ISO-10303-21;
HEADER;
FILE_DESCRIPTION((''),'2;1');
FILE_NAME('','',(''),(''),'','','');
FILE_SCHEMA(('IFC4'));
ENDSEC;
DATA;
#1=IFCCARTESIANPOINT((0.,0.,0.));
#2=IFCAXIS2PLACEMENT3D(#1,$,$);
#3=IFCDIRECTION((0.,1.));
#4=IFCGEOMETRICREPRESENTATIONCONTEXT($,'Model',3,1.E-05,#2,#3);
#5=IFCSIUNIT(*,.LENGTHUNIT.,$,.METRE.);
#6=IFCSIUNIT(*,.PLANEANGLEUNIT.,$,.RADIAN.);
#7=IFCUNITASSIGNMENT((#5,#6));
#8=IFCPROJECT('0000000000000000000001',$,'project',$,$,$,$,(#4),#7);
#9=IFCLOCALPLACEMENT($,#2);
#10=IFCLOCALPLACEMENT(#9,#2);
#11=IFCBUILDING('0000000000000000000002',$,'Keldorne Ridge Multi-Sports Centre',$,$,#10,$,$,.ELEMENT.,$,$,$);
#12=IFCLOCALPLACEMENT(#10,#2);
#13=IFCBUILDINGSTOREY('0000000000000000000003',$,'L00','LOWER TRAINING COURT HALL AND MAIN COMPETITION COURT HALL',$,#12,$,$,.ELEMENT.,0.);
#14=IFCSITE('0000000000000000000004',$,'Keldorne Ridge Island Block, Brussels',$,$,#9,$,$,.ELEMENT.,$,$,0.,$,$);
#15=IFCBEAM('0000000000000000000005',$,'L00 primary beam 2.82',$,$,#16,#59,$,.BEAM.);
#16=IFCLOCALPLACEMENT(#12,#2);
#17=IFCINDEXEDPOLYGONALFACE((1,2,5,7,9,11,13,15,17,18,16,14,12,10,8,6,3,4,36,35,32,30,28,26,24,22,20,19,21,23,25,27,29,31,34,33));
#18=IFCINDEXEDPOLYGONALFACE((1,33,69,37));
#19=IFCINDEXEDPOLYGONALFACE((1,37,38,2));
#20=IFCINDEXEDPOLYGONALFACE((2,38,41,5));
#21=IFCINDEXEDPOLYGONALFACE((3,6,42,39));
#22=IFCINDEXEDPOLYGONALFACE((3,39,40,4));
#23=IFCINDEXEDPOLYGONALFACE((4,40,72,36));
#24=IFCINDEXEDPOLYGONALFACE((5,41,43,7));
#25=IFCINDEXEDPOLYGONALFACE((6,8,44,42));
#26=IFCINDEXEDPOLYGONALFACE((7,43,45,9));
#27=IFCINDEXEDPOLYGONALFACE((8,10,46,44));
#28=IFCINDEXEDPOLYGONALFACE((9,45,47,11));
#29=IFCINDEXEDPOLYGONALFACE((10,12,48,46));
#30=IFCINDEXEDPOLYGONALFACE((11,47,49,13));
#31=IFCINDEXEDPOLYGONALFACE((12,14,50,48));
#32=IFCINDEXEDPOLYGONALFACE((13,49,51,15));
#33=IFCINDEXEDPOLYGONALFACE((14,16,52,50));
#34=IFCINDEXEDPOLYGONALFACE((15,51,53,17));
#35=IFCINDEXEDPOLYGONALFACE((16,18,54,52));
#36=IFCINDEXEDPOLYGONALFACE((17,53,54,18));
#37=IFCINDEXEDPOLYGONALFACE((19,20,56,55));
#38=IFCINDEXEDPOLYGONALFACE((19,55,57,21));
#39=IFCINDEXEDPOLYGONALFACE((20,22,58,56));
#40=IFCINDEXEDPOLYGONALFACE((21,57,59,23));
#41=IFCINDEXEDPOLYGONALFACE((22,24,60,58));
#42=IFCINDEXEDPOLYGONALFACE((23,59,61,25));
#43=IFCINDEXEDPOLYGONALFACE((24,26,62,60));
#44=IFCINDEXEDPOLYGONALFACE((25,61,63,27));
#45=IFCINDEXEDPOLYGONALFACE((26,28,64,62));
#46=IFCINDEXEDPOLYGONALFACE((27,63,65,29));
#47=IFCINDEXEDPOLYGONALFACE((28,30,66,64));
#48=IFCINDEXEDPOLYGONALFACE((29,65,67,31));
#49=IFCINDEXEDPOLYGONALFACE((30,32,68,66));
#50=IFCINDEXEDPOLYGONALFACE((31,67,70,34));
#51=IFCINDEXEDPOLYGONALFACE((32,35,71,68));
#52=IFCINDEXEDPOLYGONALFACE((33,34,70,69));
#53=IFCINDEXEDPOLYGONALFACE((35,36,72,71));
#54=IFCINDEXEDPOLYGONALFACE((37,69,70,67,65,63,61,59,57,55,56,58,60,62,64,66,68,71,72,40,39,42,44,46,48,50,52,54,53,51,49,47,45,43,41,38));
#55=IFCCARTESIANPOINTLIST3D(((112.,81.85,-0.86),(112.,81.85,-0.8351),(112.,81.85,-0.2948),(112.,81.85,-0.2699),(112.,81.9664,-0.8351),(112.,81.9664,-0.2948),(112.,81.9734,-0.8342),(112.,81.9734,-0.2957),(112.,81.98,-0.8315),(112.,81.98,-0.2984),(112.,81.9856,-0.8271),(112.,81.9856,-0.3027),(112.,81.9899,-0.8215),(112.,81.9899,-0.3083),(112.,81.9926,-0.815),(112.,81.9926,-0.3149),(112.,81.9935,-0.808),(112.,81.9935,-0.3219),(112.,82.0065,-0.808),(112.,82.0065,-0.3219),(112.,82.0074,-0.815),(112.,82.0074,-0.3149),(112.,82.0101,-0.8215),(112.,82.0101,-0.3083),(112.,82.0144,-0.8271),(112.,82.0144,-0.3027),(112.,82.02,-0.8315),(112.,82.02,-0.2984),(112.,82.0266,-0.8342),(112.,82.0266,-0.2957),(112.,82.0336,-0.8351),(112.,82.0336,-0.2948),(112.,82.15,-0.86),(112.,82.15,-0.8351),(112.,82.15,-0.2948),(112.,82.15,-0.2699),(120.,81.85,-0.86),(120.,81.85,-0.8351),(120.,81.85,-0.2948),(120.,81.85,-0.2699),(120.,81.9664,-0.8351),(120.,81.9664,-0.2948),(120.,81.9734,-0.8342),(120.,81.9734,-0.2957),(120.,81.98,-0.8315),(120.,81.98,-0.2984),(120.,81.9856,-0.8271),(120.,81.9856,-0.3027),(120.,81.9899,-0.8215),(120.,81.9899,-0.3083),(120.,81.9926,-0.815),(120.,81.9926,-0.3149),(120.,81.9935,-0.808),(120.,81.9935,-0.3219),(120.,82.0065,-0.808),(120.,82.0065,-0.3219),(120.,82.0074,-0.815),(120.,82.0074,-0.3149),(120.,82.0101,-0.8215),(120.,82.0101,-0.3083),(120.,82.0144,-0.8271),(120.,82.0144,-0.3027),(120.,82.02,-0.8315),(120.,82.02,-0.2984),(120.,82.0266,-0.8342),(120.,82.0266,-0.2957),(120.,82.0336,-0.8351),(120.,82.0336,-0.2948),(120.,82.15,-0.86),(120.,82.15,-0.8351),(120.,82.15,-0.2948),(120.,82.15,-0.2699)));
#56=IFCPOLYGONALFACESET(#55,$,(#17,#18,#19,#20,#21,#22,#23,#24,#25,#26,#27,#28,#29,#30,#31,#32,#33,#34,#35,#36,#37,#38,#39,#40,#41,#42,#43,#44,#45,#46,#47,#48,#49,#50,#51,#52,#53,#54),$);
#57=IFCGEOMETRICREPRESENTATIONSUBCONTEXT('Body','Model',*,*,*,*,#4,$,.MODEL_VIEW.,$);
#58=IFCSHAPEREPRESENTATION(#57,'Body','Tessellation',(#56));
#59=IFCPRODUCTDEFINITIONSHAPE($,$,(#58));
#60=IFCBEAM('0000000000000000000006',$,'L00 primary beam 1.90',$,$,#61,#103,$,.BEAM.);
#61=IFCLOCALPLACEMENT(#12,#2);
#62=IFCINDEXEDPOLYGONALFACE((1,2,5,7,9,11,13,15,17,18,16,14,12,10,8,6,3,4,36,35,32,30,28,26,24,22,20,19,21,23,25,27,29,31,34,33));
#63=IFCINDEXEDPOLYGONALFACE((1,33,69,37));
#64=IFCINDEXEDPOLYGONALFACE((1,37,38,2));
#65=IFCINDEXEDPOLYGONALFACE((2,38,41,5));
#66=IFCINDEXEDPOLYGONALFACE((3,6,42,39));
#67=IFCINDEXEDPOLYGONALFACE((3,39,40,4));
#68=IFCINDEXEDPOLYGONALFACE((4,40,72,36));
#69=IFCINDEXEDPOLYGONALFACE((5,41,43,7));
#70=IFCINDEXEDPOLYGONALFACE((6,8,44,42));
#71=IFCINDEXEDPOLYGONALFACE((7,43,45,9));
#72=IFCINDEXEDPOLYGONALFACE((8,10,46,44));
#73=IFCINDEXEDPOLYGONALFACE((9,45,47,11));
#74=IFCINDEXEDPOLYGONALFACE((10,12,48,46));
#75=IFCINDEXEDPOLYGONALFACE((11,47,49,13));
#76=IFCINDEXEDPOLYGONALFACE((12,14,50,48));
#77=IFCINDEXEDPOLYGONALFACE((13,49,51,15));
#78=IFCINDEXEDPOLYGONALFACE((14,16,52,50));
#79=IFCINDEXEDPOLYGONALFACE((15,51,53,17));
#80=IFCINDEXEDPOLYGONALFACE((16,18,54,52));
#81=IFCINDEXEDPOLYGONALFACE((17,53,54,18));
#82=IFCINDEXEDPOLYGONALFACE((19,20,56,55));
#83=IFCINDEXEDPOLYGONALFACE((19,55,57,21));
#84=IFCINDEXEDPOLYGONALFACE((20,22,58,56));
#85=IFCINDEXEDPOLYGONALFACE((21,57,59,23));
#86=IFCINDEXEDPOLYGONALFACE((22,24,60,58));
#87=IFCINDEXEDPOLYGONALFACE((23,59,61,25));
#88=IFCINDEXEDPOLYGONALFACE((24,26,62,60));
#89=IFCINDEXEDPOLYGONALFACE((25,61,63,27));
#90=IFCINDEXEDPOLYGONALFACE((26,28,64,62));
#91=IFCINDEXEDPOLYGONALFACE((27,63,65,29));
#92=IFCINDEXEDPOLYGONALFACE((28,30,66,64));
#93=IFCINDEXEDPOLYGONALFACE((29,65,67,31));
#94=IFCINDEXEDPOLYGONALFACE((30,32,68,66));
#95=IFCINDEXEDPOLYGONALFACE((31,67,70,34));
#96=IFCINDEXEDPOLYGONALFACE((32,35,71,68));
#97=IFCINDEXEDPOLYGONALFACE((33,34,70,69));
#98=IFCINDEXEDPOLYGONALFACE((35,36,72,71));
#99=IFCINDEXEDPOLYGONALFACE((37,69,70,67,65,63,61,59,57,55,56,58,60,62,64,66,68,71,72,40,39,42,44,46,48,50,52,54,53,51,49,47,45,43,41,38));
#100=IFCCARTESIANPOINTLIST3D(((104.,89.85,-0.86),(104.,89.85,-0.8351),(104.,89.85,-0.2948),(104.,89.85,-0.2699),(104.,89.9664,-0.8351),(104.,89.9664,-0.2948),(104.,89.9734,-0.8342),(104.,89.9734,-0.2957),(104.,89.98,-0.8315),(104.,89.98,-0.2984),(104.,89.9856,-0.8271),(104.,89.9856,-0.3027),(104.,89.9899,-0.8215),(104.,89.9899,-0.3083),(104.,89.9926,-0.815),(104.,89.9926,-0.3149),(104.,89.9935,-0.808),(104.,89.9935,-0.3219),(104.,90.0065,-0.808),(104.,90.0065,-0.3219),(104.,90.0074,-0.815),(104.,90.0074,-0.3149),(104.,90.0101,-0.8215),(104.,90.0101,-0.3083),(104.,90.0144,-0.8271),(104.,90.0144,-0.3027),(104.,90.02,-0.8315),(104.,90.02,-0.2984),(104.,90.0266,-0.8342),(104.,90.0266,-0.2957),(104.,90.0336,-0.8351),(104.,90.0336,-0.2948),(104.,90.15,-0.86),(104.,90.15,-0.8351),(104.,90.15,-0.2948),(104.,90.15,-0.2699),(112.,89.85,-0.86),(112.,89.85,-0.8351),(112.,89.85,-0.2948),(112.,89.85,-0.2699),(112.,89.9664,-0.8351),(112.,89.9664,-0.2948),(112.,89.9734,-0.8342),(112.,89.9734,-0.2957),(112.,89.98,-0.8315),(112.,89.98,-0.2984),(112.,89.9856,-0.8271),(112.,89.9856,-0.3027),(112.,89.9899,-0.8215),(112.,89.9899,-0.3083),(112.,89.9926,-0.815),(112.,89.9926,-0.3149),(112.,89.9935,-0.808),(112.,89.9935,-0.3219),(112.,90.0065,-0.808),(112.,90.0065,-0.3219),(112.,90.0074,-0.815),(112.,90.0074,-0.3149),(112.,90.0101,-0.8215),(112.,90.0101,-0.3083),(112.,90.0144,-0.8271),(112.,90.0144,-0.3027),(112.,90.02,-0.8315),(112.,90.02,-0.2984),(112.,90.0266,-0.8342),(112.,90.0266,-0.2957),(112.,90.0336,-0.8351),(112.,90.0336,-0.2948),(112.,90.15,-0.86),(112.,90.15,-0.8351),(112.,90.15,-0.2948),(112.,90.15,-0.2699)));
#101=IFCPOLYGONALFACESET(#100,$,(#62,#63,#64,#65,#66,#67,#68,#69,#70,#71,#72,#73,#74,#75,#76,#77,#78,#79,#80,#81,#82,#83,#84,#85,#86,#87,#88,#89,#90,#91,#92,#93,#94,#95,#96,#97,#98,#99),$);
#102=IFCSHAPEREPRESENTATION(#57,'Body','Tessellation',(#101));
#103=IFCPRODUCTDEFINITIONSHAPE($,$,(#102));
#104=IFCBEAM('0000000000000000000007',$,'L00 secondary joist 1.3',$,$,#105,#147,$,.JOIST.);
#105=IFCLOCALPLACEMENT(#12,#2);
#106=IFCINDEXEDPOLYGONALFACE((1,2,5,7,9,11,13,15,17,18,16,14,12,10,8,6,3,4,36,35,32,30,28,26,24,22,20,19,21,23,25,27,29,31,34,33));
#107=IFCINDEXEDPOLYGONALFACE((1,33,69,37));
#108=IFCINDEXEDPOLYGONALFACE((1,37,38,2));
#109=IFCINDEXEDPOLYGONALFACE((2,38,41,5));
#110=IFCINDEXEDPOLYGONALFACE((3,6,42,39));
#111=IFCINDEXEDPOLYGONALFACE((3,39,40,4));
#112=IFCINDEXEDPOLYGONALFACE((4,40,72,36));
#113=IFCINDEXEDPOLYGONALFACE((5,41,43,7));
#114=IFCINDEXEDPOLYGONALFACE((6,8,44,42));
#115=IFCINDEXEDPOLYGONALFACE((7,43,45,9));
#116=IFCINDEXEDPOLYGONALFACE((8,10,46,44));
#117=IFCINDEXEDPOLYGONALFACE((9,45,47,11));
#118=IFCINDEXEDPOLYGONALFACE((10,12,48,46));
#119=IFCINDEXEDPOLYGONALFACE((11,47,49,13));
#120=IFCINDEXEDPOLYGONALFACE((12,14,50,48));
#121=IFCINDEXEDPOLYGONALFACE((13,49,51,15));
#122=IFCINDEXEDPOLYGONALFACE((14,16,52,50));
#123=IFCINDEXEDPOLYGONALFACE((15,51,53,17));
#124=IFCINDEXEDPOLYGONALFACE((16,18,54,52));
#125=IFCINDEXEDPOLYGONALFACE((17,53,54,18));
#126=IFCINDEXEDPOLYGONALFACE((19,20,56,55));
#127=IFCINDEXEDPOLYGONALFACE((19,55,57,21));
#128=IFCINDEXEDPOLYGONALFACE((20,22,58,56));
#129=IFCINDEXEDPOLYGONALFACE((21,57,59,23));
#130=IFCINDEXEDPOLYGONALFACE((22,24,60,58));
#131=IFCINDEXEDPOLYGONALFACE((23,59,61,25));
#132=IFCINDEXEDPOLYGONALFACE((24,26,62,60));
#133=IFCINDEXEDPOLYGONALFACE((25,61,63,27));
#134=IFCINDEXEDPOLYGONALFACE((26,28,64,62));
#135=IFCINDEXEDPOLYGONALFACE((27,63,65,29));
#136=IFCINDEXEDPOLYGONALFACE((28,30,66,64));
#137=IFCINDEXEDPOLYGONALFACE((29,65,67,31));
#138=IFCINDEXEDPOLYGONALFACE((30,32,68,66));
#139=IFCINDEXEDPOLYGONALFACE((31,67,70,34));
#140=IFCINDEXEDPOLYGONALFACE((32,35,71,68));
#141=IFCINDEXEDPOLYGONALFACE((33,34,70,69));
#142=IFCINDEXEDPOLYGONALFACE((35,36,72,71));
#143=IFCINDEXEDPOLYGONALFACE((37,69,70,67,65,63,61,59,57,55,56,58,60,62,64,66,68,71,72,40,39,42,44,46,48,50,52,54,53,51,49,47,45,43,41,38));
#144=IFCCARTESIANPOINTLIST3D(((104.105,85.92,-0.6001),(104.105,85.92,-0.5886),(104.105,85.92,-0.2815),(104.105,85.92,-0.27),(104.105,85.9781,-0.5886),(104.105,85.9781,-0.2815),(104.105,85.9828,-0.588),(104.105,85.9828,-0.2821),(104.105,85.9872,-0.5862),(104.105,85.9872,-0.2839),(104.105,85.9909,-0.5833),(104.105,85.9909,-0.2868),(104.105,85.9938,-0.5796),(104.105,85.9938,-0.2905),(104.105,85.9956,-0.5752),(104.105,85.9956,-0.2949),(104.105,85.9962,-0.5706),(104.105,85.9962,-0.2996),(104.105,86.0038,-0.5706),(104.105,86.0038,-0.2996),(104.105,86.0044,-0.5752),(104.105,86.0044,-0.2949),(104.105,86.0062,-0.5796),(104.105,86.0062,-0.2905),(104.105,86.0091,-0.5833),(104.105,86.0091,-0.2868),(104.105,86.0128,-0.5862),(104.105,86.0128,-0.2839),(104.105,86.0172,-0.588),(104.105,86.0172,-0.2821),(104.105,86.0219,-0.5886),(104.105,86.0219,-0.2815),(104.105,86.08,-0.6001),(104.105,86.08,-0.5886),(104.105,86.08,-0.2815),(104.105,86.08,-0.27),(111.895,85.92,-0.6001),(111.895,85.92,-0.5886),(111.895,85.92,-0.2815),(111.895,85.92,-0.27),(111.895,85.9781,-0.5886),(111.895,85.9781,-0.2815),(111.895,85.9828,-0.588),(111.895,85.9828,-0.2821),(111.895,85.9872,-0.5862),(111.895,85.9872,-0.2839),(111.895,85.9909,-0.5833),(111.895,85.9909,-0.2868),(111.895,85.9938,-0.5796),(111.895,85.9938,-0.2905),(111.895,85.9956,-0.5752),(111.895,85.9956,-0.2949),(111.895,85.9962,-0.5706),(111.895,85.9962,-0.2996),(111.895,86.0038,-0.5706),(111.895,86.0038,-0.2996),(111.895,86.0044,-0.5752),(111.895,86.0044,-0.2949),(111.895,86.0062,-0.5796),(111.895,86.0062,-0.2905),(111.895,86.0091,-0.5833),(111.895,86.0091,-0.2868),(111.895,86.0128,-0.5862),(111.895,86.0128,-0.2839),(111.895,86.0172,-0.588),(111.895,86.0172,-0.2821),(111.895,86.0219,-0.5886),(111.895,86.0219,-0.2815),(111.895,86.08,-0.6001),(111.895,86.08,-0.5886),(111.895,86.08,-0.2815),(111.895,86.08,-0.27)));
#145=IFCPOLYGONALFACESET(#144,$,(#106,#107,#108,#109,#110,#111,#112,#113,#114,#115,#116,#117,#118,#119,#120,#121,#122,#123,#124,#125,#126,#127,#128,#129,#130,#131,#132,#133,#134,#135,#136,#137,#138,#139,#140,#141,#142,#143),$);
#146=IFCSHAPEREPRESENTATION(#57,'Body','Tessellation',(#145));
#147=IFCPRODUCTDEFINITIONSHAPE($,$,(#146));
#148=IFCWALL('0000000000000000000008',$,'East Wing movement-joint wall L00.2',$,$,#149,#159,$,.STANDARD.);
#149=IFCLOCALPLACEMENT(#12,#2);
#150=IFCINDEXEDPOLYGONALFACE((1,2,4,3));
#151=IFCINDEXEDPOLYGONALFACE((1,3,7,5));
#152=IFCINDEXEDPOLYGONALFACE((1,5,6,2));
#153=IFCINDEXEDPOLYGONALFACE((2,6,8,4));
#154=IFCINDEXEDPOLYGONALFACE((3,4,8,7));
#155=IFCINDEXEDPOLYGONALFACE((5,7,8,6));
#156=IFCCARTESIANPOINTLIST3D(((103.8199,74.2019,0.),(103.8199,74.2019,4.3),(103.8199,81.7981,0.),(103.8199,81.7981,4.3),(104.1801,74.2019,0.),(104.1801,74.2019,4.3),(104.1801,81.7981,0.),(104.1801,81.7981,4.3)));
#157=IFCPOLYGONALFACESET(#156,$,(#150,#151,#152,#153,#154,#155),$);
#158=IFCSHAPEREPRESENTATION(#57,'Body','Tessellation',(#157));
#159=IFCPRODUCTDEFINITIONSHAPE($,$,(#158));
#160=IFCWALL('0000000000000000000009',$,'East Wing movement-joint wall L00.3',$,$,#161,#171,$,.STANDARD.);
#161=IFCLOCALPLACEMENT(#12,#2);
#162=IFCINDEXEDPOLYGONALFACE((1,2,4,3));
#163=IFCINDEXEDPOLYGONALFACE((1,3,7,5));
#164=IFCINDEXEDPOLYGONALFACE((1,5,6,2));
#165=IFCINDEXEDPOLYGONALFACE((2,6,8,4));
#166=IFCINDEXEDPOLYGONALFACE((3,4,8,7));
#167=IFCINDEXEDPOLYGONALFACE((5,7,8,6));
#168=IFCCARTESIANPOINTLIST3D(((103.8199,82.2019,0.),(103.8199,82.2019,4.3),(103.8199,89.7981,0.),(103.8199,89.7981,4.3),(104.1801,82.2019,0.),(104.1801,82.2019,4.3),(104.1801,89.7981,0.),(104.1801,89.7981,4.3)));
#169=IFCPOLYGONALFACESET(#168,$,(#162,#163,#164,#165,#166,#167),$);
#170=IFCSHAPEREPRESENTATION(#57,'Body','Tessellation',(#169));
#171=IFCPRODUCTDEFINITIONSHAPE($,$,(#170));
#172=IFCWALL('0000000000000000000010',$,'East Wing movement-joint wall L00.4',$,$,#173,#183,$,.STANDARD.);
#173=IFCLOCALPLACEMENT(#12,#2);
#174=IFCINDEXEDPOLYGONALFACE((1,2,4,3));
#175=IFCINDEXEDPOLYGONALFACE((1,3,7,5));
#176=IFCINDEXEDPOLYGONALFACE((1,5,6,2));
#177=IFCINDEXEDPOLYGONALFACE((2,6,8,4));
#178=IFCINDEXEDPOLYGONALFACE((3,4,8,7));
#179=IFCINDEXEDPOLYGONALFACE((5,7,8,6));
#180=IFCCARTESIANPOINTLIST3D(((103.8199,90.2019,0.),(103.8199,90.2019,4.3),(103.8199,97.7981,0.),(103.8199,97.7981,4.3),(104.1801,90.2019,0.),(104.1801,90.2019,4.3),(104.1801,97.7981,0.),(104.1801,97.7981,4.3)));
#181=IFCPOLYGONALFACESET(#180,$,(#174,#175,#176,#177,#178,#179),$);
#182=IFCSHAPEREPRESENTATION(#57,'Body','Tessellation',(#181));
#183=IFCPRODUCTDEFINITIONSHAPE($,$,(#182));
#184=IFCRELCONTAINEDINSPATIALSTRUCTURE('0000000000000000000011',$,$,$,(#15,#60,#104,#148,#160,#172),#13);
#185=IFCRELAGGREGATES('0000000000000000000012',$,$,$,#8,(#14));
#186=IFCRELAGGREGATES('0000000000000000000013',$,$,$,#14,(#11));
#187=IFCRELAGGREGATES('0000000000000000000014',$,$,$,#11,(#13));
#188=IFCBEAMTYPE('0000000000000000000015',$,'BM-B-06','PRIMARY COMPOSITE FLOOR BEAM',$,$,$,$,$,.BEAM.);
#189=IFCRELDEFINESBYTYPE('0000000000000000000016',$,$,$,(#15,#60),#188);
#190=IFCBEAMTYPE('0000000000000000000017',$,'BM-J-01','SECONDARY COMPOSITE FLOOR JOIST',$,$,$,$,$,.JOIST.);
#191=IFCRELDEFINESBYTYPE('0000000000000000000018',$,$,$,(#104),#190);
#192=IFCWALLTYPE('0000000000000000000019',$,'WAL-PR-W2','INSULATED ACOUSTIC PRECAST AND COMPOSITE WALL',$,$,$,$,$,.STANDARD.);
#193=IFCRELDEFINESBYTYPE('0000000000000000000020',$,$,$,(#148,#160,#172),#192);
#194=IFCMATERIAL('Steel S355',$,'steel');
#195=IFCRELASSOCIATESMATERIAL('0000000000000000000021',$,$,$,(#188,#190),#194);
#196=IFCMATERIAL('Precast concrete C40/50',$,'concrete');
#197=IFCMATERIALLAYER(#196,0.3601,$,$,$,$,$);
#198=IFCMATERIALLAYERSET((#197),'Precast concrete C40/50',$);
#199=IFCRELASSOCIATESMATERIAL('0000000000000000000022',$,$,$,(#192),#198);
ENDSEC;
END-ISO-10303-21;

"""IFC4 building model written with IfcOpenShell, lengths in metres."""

from ifc_helpers import new_model, si_unit, direction, frame, frame_2d, origin, origin_2d, place, context, subcontext, project, spatial, rectangle, i_section, extrude, material, layer, layer_set, material_profile, profile_set, type_object, element, save


model = new_model("IFC4")

# Units and contexts
model_context = context("Model", 3, precision=1e-05, world=origin(), true_north=direction((0.0, 1.0)))
body_context = subcontext(model_context, "Body", "Model", "MODEL_VIEW")
ifc_project = project(units=[si_unit("LENGTHUNIT", "METRE"), si_unit("PLANEANGLEUNIT", "RADIAN")], contexts=[model_context])

# Site, building, storey
site_placement = place(None, origin())
site = spatial("IfcSite", under=ifc_project, at=site_placement, Name="Keldorne Ridge Island Block, Brussels", CompositionType="ELEMENT", RefElevation=0.0)
building_placement = place(site_placement, origin())
building = spatial("IfcBuilding", under=site, at=building_placement, Name="Keldorne Ridge Multi-Sports Centre", CompositionType="ELEMENT")
storey_placement = place(building_placement, origin())
storey = spatial("IfcBuildingStorey", under=building, at=storey_placement, Name="L00", Description="LOWER TRAINING COURT HALL AND MAIN COMPETITION COURT HALL", CompositionType="ELEMENT", Elevation=0.0)

# Shared definitions
ifc_material_1 = material(Name="Steel S355", Category="steel")

# Beams
ifc_material_profile_1 = material_profile(ifc_material_1, i_section(OverallWidth=0.3, OverallDepth=0.5901, WebThickness=0.0129, FlangeThickness=0.0249, FilletRadius=0.0271, at=origin_2d()), Name="HEA 600")
ifc_profile_set_1 = profile_set([ifc_material_profile_1], Name="Steel S355")
beam_type_1 = type_object("IfcBeamType", Name="BM-B-06", Description="PRIMARY COMPOSITE FLOOR BEAM", PredefinedType="BEAM", material=ifc_profile_set_1)
for number, where, z_axis, x_axis, name in (
    (1, (112.0, 82.0, -0.5649), (1.0, 0.0, 0.0), (0.0, 1.0, 0.0), "L00 primary beam 2.82"),
    (2, (104.0, 90.0, -0.5649), (1.0, 0.0, 0.0), (0.0, 1.0, 0.0), "L00 primary beam 1.90"),
):
    element("IfcBeam", number, at=place(storey_placement, frame(where, z_axis=z_axis, x_axis=x_axis)), inside=storey, type_object=beam_type_1, Name=name, PredefinedType="BEAM", context=body_context, shape_type="SweptSolid", body=[
        extrude(i_section(OverallWidth=0.3, OverallDepth=0.5901, WebThickness=0.0129, FlangeThickness=0.0249, FilletRadius=0.0271, at=origin_2d()), origin(), (0.0, 0.0, 1.0), 8.0),
    ])
ifc_material_profile_2 = material_profile(ifc_material_1, i_section(OverallWidth=0.1599, OverallDepth=0.3301, WebThickness=0.0076, FlangeThickness=0.0115, FilletRadius=0.0181, at=origin_2d()), Name="IPE 330")
ifc_profile_set_2 = profile_set([ifc_material_profile_2], Name="Steel S355")
beam_type_2 = type_object("IfcBeamType", Name="BM-J-01", Description="SECONDARY COMPOSITE FLOOR JOIST", PredefinedType="JOIST", material=ifc_profile_set_2)
beam_placement = place(storey_placement, frame((104.105, 86.0, -0.4351), z_axis=(1.0, 0.0, 0.0), x_axis=(0.0, 1.0, 0.0)))
element("IfcBeam", 3, at=beam_placement, inside=storey, type_object=beam_type_2, Name="L00 secondary joist 1.3", PredefinedType="JOIST", context=body_context, shape_type="SweptSolid", body=[
    extrude(i_section(OverallWidth=0.1599, OverallDepth=0.3301, WebThickness=0.0076, FlangeThickness=0.0115, FilletRadius=0.0181, at=origin_2d()), origin(), (0.0, 0.0, 1.0), 7.79),
])

# Walls
ifc_material_2 = material(Name="Precast concrete C40/50", Category="concrete")
ifc_layer_1 = layer(ifc_material_2, 0.3601)
ifc_layer_set_1 = layer_set([ifc_layer_1], Name="Precast concrete C40/50")
wall_type_1 = type_object("IfcWallType", Name="WAL-PR-W2", Description="INSULATED ACOUSTIC PRECAST AND COMPOSITE WALL", PredefinedType="STANDARD", material=ifc_layer_set_1)
for number, where, z_axis, x_axis, name in (
    (4, (104.0, 81.7981, 0.0), (0.0, 0.0, 1.0), (0.0, -1.0, 0.0), "East Wing movement-joint wall L00.2"),
    (5, (104.0, 89.7981, 0.0), (0.0, 0.0, 1.0), (0.0, -1.0, 0.0), "East Wing movement-joint wall L00.3"),
    (6, (104.0, 97.7981, 0.0), (0.0, 0.0, 1.0), (0.0, -1.0, 0.0), "East Wing movement-joint wall L00.4"),
):
    element("IfcWall", number, at=place(storey_placement, frame(where, z_axis=z_axis, x_axis=x_axis)), inside=storey, type_object=wall_type_1, Name=name, PredefinedType="STANDARD", context=body_context, shape_type="SweptSolid", body=[
        extrude(rectangle(XDim=7.5962, YDim=0.3601, at=frame_2d((3.7981, 0.0))), origin(), (0.0, 0.0, 1.0), 4.3),
    ])

save(model, "model.ifc")
